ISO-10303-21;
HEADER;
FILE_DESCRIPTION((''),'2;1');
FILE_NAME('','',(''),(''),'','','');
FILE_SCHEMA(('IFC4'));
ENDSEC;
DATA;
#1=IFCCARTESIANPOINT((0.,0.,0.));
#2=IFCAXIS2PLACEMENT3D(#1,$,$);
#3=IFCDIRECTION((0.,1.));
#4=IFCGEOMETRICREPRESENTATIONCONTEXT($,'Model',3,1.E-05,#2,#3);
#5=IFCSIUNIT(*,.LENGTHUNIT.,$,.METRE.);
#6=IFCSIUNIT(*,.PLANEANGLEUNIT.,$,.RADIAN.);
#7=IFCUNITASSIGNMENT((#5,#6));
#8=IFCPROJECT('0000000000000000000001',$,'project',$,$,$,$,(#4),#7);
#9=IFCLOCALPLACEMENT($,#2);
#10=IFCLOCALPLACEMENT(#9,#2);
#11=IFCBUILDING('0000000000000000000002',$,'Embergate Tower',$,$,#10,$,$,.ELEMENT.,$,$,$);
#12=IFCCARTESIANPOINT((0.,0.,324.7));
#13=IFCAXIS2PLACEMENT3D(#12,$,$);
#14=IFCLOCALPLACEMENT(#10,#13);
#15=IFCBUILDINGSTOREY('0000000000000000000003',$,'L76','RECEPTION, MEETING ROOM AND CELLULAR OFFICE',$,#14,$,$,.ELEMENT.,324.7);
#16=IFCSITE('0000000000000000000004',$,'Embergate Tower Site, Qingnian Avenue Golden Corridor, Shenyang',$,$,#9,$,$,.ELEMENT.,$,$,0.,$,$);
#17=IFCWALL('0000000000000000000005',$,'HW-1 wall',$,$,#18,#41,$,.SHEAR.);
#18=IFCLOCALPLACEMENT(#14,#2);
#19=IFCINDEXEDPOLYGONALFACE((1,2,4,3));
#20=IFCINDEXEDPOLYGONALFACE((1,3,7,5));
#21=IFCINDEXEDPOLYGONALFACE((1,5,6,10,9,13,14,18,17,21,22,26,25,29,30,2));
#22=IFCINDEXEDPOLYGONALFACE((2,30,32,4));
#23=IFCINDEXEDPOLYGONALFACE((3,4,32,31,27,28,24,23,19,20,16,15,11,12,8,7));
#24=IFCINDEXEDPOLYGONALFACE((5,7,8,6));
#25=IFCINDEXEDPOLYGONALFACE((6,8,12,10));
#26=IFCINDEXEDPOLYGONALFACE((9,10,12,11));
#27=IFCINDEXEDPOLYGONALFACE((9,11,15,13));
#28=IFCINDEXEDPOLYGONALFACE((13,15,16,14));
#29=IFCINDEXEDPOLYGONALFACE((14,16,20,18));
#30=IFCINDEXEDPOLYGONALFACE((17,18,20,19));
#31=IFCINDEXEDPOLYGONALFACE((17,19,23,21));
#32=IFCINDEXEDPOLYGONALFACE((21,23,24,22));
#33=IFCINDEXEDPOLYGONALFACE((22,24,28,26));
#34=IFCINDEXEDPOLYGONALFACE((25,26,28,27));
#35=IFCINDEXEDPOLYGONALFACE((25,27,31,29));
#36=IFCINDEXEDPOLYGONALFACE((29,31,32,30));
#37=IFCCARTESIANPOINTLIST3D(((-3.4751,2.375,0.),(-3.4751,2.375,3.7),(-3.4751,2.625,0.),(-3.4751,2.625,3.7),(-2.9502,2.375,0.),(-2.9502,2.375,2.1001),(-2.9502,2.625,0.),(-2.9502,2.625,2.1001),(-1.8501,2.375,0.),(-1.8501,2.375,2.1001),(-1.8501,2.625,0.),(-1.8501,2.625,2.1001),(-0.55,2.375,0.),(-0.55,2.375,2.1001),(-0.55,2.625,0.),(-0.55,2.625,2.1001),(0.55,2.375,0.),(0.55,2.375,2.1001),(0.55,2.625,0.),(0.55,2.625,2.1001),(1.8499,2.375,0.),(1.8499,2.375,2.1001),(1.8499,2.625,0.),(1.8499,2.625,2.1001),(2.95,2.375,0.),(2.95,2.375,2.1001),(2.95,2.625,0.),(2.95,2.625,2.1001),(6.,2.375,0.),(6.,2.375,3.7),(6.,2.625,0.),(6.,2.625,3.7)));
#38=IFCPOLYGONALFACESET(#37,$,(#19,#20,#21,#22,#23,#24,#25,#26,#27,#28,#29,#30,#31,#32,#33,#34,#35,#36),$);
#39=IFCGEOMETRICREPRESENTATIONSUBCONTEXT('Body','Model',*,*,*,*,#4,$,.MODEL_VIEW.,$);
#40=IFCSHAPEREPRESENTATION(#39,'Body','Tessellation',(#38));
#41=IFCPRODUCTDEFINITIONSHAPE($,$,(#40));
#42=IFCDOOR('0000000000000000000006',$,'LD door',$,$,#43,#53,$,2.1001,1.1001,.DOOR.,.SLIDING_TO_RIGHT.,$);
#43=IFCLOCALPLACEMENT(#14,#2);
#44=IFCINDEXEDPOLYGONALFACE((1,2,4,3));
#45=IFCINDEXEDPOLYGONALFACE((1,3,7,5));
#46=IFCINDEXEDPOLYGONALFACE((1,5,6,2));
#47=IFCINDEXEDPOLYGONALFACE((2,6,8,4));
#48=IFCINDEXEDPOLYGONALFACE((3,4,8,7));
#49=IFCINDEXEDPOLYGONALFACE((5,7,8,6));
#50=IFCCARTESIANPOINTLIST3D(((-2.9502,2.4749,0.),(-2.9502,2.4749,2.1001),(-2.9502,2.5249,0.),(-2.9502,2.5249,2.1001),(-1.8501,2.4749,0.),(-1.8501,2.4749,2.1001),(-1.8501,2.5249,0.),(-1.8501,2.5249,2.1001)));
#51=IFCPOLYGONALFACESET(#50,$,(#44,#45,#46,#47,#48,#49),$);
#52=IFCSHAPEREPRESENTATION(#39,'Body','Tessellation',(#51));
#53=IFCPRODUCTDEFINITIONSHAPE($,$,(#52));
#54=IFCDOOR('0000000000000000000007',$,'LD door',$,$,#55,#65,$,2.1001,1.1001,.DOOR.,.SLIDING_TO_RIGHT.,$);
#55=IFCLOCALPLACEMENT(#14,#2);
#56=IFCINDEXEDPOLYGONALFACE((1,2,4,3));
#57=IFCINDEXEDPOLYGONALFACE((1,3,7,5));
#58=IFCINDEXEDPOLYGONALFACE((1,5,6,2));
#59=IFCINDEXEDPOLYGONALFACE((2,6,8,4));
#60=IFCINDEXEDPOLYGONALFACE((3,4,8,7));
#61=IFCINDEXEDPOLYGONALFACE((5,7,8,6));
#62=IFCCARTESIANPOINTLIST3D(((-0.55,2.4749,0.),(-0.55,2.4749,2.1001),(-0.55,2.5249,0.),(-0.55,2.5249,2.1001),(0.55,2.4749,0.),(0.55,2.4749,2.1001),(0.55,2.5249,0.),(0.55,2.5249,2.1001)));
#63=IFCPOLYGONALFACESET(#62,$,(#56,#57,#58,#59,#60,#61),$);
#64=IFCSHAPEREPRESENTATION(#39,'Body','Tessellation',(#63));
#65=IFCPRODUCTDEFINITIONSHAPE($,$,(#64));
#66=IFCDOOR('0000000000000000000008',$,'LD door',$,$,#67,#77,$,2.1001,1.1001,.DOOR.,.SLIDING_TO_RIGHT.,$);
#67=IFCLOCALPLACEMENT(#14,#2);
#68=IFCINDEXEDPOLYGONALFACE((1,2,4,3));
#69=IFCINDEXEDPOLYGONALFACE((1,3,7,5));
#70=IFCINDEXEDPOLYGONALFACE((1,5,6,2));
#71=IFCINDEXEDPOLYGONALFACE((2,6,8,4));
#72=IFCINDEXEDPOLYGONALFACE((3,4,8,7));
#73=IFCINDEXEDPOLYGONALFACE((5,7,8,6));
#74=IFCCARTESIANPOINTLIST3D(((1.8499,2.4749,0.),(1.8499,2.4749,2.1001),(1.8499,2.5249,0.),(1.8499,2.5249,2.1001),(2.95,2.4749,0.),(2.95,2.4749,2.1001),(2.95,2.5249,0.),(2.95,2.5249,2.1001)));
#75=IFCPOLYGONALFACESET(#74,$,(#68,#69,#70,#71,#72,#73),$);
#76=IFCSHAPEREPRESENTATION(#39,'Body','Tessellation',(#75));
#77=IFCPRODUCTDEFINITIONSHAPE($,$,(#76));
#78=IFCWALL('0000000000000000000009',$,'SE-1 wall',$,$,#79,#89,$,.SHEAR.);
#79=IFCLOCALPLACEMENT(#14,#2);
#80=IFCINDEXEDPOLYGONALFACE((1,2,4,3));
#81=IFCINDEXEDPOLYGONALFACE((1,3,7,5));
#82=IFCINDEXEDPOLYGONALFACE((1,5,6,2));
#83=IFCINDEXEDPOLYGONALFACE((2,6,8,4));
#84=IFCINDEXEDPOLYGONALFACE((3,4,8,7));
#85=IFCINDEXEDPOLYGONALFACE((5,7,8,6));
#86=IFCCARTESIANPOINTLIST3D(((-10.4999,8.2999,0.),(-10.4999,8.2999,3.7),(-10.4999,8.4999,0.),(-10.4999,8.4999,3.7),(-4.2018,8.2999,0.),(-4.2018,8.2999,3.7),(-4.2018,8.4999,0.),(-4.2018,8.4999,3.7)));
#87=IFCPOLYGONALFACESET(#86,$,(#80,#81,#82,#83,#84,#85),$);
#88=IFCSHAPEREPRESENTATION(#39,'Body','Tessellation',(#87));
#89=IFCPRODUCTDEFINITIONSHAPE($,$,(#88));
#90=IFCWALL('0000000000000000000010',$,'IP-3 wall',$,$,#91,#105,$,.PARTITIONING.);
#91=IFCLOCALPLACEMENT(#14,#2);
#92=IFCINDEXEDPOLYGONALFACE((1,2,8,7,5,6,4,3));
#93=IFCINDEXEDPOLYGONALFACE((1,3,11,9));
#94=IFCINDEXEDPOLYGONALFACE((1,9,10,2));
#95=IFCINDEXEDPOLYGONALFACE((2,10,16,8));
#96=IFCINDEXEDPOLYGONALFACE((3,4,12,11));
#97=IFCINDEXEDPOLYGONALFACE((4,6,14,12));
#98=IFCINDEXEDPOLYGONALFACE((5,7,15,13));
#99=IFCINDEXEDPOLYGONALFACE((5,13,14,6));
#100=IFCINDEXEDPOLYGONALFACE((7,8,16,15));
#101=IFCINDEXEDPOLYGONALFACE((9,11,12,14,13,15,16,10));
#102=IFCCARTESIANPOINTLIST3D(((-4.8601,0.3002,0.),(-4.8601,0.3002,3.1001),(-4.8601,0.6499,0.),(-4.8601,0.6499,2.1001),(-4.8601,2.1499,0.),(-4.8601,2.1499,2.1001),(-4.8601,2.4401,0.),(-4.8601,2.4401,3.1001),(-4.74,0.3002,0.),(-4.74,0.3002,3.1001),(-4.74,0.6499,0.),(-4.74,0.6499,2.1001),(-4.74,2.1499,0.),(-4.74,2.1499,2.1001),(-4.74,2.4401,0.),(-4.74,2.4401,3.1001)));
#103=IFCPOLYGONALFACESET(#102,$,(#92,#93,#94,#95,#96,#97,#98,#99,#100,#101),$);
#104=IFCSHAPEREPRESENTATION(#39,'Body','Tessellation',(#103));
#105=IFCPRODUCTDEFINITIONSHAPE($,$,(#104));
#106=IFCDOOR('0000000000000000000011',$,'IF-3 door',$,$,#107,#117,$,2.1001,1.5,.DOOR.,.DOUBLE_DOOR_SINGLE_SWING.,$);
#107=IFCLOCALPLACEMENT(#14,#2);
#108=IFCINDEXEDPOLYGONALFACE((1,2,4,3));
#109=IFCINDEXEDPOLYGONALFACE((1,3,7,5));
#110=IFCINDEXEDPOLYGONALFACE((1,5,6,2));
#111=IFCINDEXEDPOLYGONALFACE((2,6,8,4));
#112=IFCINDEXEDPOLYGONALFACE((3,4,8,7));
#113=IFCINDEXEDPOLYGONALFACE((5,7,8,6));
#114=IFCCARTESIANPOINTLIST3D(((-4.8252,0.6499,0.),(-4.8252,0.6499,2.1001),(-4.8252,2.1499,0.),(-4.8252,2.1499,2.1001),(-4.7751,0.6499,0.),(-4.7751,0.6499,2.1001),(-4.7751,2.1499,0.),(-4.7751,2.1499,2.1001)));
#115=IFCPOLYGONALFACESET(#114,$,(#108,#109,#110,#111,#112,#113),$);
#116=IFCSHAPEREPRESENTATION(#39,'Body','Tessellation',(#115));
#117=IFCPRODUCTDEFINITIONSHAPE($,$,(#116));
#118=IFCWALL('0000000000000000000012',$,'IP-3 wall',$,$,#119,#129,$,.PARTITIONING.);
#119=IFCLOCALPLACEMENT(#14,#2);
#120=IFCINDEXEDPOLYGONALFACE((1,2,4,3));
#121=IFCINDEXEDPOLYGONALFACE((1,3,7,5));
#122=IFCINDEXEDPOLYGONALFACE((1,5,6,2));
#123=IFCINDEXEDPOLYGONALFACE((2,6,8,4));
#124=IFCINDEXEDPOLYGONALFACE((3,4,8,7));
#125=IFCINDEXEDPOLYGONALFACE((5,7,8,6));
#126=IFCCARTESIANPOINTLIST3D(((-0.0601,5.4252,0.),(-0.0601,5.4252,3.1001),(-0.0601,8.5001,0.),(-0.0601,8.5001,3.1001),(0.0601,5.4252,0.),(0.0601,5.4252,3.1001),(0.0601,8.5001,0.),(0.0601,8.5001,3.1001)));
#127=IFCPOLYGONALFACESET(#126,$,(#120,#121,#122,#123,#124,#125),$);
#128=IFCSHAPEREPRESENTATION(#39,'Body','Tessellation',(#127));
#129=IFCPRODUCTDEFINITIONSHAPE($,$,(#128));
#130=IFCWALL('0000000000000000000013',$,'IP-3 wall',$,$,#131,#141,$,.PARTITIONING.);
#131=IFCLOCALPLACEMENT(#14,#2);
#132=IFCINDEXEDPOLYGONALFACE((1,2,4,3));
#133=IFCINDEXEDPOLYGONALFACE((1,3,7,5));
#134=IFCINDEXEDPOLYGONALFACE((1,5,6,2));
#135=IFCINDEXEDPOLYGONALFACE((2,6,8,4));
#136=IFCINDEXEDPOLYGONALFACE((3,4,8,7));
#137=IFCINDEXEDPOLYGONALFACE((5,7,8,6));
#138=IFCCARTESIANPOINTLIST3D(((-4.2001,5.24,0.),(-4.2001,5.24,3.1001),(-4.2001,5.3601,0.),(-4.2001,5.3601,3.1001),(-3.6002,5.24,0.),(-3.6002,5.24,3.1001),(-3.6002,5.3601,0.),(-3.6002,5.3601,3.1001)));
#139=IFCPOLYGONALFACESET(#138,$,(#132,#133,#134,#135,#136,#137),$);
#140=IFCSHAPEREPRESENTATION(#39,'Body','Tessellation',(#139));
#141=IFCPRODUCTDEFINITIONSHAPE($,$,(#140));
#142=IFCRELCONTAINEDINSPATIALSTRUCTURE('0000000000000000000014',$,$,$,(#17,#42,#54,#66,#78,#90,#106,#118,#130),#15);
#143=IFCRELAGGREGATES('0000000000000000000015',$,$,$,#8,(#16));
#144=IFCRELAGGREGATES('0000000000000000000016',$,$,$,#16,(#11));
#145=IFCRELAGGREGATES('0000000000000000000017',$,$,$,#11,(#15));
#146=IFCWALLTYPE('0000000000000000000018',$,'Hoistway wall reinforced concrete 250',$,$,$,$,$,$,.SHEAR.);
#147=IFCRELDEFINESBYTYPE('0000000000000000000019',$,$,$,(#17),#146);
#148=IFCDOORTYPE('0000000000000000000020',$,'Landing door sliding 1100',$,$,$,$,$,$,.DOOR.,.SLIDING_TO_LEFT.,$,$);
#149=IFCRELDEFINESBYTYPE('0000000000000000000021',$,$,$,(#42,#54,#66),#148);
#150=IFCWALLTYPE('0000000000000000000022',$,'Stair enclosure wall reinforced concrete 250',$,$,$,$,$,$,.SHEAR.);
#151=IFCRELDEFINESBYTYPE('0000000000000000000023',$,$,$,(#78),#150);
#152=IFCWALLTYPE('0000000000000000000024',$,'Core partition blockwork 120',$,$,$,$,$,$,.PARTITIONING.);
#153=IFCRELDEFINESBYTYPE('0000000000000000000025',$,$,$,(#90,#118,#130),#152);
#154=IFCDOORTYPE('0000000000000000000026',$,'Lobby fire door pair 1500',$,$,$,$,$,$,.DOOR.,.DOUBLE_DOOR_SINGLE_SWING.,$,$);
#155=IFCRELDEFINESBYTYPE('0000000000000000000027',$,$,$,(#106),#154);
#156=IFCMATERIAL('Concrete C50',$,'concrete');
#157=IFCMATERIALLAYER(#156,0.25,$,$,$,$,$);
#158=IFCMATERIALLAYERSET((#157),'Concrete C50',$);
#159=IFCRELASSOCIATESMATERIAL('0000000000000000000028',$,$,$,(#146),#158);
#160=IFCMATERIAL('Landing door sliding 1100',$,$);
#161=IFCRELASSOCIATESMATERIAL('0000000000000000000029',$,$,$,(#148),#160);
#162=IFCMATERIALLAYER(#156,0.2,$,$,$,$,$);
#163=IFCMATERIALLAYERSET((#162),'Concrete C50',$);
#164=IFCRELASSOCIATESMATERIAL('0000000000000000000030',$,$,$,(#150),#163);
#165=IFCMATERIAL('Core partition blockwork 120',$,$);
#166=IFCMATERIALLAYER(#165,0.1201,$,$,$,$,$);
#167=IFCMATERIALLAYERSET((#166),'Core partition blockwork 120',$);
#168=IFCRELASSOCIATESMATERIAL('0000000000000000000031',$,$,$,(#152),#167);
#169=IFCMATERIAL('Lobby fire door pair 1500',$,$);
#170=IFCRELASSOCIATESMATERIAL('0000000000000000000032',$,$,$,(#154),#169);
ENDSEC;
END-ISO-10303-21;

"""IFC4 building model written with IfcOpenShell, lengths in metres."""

from ifc_helpers import new_model, si_unit, direction, frame, frame_2d, origin, place, context, subcontext, project, spatial, rectangle, extrude, source, transform, mapped, material, layer, layer_set, type_object, element, fill, save


model = new_model("IFC4")

# Units and contexts
model_context = context("Model", 3, precision=1e-05, world=origin(), true_north=direction((0.0, 1.0)))
body_context = subcontext(model_context, "Body", "Model", "MODEL_VIEW")
ifc_project = project(units=[si_unit("LENGTHUNIT", "METRE"), si_unit("PLANEANGLEUNIT", "RADIAN")], contexts=[model_context])

# Site, building, storey
site_placement = place(None, origin())
site = spatial("IfcSite", under=ifc_project, at=site_placement, Name="Embergate Tower Site, Qingnian Avenue Golden Corridor, Shenyang", CompositionType="ELEMENT", RefElevation=0.0)
building_placement = place(site_placement, origin())
building = spatial("IfcBuilding", under=site, at=building_placement, Name="Embergate Tower", CompositionType="ELEMENT")
storey_placement = place(building_placement, frame((0.0, 0.0, 324.7)))
storey = spatial("IfcBuildingStorey", under=building, at=storey_placement, Name="L76", Description="RECEPTION, MEETING ROOM AND CELLULAR OFFICE", CompositionType="ELEMENT", Elevation=324.7)

# Shared definitions
ifc_material_1 = material(Name="Concrete C50", Category="concrete")
ifc_layer_1 = layer(ifc_material_1, 0.25)
ifc_layer_set_1 = layer_set([ifc_layer_1], Name="Concrete C50")
wall_type_1 = type_object("IfcWallType", Name="Hoistway wall reinforced concrete 250", PredefinedType="SHEAR", material=ifc_layer_set_1)

# Shared definitions
shared_shape_1 = source(origin(), body_context, "Body", "SweptSolid", [
    extrude(rectangle(XDim=1.1001, YDim=2.1001, at=frame_2d((0.55, 1.05))), frame((0.0, 0.135, 0.0), z_axis=(0.0, -1.0, 0.0), x_axis=(1.0, 0.0, 0.0)), (0.0, 0.0, 1.0), 0.27),
])
ifc_material_2 = material(Name="Landing door sliding 1100")
door_type_1 = type_object("IfcDoorType", Name="Landing door sliding 1100", OperationType="SLIDING_TO_LEFT", PredefinedType="DOOR", material=ifc_material_2)
shared_shape_2 = source(origin(), body_context, "Body", "SweptSolid", [
    extrude(rectangle(XDim=1.1001, YDim=2.1001, at=frame_2d((0.55, 1.05))), frame((0.0, 0.0249, 0.0), z_axis=(0.0, -1.0, 0.0), x_axis=(1.0, 0.0, 0.0)), (0.0, 0.0, 1.0), 0.05),
])

# Shared definitions
ifc_layer_2 = layer(ifc_material_1, 0.2)
ifc_layer_set_2 = layer_set([ifc_layer_2], Name="Concrete C50")
wall_type_2 = type_object("IfcWallType", Name="Stair enclosure wall reinforced concrete 250", PredefinedType="SHEAR", material=ifc_layer_set_2)

# Wall, openings, doors
shared_shape_3 = source(origin(), body_context, "Body", "SweptSolid", [
    extrude(rectangle(XDim=9.4751, YDim=0.25, at=frame_2d((4.7375, 0.0))), origin(), (0.0, 0.0, 1.0), 3.7),
])
wall_1_placement = place(storey_placement, frame((-3.4751, 2.5, 0.0), z_axis=(0.0, 0.0, 1.0), x_axis=(1.0, 0.0, 0.0)))
wall_1 = element("IfcWall", 1, at=wall_1_placement, inside=storey, type_object=wall_type_1, Name="HW-1 wall", PredefinedType="SHEAR", context=body_context, shape_type="MappedRepresentation", body=[
    mapped(shared_shape_3, transform((0.0, 0.0, 0.0))),
])
opening_1_placement = place(wall_1_placement, frame((0.5249, 0.0, 0.0)))
opening_1 = element("IfcOpeningElement", 2, at=opening_1_placement, cuts=wall_1, PredefinedType="OPENING", context=body_context, shape_type="MappedRepresentation", body=[
    mapped(shared_shape_1, transform((0.0, 0.0, 0.0))),
])
opening_2_placement = place(wall_1_placement, frame((2.925, 0.0, 0.0)))
opening_2 = element("IfcOpeningElement", 3, at=opening_2_placement, cuts=wall_1, PredefinedType="OPENING", context=body_context, shape_type="MappedRepresentation", body=[
    mapped(shared_shape_1, transform((0.0, 0.0, 0.0))),
])
opening_3_placement = place(wall_1_placement, frame((5.325, 0.0, 0.0)))
opening_3 = element("IfcOpeningElement", 4, at=opening_3_placement, cuts=wall_1, PredefinedType="OPENING", context=body_context, shape_type="MappedRepresentation", body=[
    mapped(shared_shape_1, transform((0.0, 0.0, 0.0))),
])
door_1_placement = place(opening_1_placement, origin())
door_1 = element("IfcDoor", 5, at=door_1_placement, inside=storey, type_object=door_type_1, Name="LD door", OperationType="SLIDING_TO_RIGHT", OverallHeight=2.1001, OverallWidth=1.1001, PredefinedType="DOOR", context=body_context, shape_type="MappedRepresentation", body=[
    mapped(shared_shape_2, transform((0.0, 0.0, 0.0))),
])
fill(opening_1, door_1)
door_2_placement = place(opening_2_placement, origin())
door_2 = element("IfcDoor", 6, at=door_2_placement, inside=storey, type_object=door_type_1, Name="LD door", OperationType="SLIDING_TO_RIGHT", OverallHeight=2.1001, OverallWidth=1.1001, PredefinedType="DOOR", context=body_context, shape_type="MappedRepresentation", body=[
    mapped(shared_shape_2, transform((0.0, 0.0, 0.0))),
])
fill(opening_2, door_2)
door_3_placement = place(opening_3_placement, origin())
door_3 = element("IfcDoor", 7, at=door_3_placement, inside=storey, type_object=door_type_1, Name="LD door", OperationType="SLIDING_TO_RIGHT", OverallHeight=2.1001, OverallWidth=1.1001, PredefinedType="DOOR", context=body_context, shape_type="MappedRepresentation", body=[
    mapped(shared_shape_2, transform((0.0, 0.0, 0.0))),
])
fill(opening_3, door_3)

# Wall
shared_shape_4 = source(origin(), body_context, "Body", "SweptSolid", [
    extrude(rectangle(XDim=6.2981, YDim=0.2, at=frame_2d((3.1489, 0.0))), origin(), (0.0, 0.0, 1.0), 3.7),
])
wall_2_placement = place(storey_placement, frame((-4.2019, 8.3999, 0.0), z_axis=(0.0, 0.0, 1.0), x_axis=(-1.0, 0.0, 0.0)))
element("IfcWall", 8, at=wall_2_placement, inside=storey, type_object=wall_type_2, Name="SE-1 wall", PredefinedType="SHEAR", context=body_context, shape_type="MappedRepresentation", body=[
    mapped(shared_shape_4, transform((0.0, 0.0, 0.0))),
])

# Wall, opening, door
ifc_material_3 = material(Name="Core partition blockwork 120")
ifc_layer_3 = layer(ifc_material_3, 0.1201)
ifc_layer_set_3 = layer_set([ifc_layer_3], Name="Core partition blockwork 120")
wall_type_3 = type_object("IfcWallType", Name="Core partition blockwork 120", PredefinedType="PARTITIONING", material=ifc_layer_set_3)
shared_shape_5 = source(origin(), body_context, "Body", "SweptSolid", [
    extrude(rectangle(XDim=2.1399, YDim=0.1201, at=frame_2d((1.0698, 0.0))), origin(), (0.0, 0.0, 1.0), 3.1001),
])
wall_3_placement = place(storey_placement, frame((-4.8, 2.4399, 0.0), z_axis=(0.0, 0.0, 1.0), x_axis=(0.0, -1.0, 0.0)))
wall_3 = element("IfcWall", 9, at=wall_3_placement, inside=storey, type_object=wall_type_3, Name="IP-3 wall", PredefinedType="PARTITIONING", context=body_context, shape_type="MappedRepresentation", body=[
    mapped(shared_shape_5, transform((0.0, 0.0, 0.0))),
])
shared_shape_6 = source(origin(), body_context, "Body", "SweptSolid", [
    extrude(rectangle(XDim=1.5, YDim=2.1001, at=frame_2d((0.75, 1.05))), frame((0.0, 0.0701, 0.0), z_axis=(0.0, -1.0, 0.0), x_axis=(1.0, 0.0, 0.0)), (0.0, 0.0, 1.0), 0.1401),
])
opening_4_placement = place(wall_3_placement, frame((0.29, 0.0, 0.0)))
opening_4 = element("IfcOpeningElement", 10, at=opening_4_placement, cuts=wall_3, PredefinedType="OPENING", context=body_context, shape_type="MappedRepresentation", body=[
    mapped(shared_shape_6, transform((0.0, 0.0, 0.0))),
])
ifc_material_4 = material(Name="Lobby fire door pair 1500")
door_type_2 = type_object("IfcDoorType", Name="Lobby fire door pair 1500", OperationType="DOUBLE_DOOR_SINGLE_SWING", PredefinedType="DOOR", material=ifc_material_4)
shared_shape_7 = source(origin(), body_context, "Body", "SweptSolid", [
    extrude(rectangle(XDim=1.5, YDim=2.1001, at=frame_2d((0.75, 1.05))), frame((0.0, 0.0249, 0.0), z_axis=(0.0, -1.0, 0.0), x_axis=(1.0, 0.0, 0.0)), (0.0, 0.0, 1.0), 0.05),
])
door_4_placement = place(opening_4_placement, origin())
door_4 = element("IfcDoor", 11, at=door_4_placement, inside=storey, type_object=door_type_2, Name="IF-3 door", OperationType="DOUBLE_DOOR_SINGLE_SWING", OverallHeight=2.1001, OverallWidth=1.5, PredefinedType="DOOR", context=body_context, shape_type="MappedRepresentation", body=[
    mapped(shared_shape_7, transform((0.0, 0.0, 0.0))),
])
fill(opening_4, door_4)

# Walls
shared_shape_8 = source(origin(), body_context, "Body", "SweptSolid", [
    extrude(rectangle(XDim=3.075, YDim=0.1201, at=frame_2d((1.5376, 0.0))), origin(), (0.0, 0.0, 1.0), 3.1001),
])
wall_4_placement = place(storey_placement, frame((0.0, 5.425, 0.0), z_axis=(0.0, 0.0, 1.0), x_axis=(0.0, 1.0, 0.0)))
element("IfcWall", 12, at=wall_4_placement, inside=storey, type_object=wall_type_3, Name="IP-3 wall", PredefinedType="PARTITIONING", context=body_context, shape_type="MappedRepresentation", body=[
    mapped(shared_shape_8, transform((0.0, 0.0, 0.0))),
])
shared_shape_9 = source(origin(), body_context, "Body", "SweptSolid", [
    extrude(rectangle(XDim=0.5999, YDim=0.1201, at=frame_2d((0.2998, 0.0))), origin(), (0.0, 0.0, 1.0), 3.1001),
])
wall_5_placement = place(storey_placement, frame((-4.2, 5.3, 0.0), z_axis=(0.0, 0.0, 1.0), x_axis=(1.0, 0.0, 0.0)))
element("IfcWall", 13, at=wall_5_placement, inside=storey, type_object=wall_type_3, Name="IP-3 wall", PredefinedType="PARTITIONING", context=body_context, shape_type="MappedRepresentation", body=[
    mapped(shared_shape_9, transform((0.0, 0.0, 0.0))),
])

save(model, "model.ifc")
